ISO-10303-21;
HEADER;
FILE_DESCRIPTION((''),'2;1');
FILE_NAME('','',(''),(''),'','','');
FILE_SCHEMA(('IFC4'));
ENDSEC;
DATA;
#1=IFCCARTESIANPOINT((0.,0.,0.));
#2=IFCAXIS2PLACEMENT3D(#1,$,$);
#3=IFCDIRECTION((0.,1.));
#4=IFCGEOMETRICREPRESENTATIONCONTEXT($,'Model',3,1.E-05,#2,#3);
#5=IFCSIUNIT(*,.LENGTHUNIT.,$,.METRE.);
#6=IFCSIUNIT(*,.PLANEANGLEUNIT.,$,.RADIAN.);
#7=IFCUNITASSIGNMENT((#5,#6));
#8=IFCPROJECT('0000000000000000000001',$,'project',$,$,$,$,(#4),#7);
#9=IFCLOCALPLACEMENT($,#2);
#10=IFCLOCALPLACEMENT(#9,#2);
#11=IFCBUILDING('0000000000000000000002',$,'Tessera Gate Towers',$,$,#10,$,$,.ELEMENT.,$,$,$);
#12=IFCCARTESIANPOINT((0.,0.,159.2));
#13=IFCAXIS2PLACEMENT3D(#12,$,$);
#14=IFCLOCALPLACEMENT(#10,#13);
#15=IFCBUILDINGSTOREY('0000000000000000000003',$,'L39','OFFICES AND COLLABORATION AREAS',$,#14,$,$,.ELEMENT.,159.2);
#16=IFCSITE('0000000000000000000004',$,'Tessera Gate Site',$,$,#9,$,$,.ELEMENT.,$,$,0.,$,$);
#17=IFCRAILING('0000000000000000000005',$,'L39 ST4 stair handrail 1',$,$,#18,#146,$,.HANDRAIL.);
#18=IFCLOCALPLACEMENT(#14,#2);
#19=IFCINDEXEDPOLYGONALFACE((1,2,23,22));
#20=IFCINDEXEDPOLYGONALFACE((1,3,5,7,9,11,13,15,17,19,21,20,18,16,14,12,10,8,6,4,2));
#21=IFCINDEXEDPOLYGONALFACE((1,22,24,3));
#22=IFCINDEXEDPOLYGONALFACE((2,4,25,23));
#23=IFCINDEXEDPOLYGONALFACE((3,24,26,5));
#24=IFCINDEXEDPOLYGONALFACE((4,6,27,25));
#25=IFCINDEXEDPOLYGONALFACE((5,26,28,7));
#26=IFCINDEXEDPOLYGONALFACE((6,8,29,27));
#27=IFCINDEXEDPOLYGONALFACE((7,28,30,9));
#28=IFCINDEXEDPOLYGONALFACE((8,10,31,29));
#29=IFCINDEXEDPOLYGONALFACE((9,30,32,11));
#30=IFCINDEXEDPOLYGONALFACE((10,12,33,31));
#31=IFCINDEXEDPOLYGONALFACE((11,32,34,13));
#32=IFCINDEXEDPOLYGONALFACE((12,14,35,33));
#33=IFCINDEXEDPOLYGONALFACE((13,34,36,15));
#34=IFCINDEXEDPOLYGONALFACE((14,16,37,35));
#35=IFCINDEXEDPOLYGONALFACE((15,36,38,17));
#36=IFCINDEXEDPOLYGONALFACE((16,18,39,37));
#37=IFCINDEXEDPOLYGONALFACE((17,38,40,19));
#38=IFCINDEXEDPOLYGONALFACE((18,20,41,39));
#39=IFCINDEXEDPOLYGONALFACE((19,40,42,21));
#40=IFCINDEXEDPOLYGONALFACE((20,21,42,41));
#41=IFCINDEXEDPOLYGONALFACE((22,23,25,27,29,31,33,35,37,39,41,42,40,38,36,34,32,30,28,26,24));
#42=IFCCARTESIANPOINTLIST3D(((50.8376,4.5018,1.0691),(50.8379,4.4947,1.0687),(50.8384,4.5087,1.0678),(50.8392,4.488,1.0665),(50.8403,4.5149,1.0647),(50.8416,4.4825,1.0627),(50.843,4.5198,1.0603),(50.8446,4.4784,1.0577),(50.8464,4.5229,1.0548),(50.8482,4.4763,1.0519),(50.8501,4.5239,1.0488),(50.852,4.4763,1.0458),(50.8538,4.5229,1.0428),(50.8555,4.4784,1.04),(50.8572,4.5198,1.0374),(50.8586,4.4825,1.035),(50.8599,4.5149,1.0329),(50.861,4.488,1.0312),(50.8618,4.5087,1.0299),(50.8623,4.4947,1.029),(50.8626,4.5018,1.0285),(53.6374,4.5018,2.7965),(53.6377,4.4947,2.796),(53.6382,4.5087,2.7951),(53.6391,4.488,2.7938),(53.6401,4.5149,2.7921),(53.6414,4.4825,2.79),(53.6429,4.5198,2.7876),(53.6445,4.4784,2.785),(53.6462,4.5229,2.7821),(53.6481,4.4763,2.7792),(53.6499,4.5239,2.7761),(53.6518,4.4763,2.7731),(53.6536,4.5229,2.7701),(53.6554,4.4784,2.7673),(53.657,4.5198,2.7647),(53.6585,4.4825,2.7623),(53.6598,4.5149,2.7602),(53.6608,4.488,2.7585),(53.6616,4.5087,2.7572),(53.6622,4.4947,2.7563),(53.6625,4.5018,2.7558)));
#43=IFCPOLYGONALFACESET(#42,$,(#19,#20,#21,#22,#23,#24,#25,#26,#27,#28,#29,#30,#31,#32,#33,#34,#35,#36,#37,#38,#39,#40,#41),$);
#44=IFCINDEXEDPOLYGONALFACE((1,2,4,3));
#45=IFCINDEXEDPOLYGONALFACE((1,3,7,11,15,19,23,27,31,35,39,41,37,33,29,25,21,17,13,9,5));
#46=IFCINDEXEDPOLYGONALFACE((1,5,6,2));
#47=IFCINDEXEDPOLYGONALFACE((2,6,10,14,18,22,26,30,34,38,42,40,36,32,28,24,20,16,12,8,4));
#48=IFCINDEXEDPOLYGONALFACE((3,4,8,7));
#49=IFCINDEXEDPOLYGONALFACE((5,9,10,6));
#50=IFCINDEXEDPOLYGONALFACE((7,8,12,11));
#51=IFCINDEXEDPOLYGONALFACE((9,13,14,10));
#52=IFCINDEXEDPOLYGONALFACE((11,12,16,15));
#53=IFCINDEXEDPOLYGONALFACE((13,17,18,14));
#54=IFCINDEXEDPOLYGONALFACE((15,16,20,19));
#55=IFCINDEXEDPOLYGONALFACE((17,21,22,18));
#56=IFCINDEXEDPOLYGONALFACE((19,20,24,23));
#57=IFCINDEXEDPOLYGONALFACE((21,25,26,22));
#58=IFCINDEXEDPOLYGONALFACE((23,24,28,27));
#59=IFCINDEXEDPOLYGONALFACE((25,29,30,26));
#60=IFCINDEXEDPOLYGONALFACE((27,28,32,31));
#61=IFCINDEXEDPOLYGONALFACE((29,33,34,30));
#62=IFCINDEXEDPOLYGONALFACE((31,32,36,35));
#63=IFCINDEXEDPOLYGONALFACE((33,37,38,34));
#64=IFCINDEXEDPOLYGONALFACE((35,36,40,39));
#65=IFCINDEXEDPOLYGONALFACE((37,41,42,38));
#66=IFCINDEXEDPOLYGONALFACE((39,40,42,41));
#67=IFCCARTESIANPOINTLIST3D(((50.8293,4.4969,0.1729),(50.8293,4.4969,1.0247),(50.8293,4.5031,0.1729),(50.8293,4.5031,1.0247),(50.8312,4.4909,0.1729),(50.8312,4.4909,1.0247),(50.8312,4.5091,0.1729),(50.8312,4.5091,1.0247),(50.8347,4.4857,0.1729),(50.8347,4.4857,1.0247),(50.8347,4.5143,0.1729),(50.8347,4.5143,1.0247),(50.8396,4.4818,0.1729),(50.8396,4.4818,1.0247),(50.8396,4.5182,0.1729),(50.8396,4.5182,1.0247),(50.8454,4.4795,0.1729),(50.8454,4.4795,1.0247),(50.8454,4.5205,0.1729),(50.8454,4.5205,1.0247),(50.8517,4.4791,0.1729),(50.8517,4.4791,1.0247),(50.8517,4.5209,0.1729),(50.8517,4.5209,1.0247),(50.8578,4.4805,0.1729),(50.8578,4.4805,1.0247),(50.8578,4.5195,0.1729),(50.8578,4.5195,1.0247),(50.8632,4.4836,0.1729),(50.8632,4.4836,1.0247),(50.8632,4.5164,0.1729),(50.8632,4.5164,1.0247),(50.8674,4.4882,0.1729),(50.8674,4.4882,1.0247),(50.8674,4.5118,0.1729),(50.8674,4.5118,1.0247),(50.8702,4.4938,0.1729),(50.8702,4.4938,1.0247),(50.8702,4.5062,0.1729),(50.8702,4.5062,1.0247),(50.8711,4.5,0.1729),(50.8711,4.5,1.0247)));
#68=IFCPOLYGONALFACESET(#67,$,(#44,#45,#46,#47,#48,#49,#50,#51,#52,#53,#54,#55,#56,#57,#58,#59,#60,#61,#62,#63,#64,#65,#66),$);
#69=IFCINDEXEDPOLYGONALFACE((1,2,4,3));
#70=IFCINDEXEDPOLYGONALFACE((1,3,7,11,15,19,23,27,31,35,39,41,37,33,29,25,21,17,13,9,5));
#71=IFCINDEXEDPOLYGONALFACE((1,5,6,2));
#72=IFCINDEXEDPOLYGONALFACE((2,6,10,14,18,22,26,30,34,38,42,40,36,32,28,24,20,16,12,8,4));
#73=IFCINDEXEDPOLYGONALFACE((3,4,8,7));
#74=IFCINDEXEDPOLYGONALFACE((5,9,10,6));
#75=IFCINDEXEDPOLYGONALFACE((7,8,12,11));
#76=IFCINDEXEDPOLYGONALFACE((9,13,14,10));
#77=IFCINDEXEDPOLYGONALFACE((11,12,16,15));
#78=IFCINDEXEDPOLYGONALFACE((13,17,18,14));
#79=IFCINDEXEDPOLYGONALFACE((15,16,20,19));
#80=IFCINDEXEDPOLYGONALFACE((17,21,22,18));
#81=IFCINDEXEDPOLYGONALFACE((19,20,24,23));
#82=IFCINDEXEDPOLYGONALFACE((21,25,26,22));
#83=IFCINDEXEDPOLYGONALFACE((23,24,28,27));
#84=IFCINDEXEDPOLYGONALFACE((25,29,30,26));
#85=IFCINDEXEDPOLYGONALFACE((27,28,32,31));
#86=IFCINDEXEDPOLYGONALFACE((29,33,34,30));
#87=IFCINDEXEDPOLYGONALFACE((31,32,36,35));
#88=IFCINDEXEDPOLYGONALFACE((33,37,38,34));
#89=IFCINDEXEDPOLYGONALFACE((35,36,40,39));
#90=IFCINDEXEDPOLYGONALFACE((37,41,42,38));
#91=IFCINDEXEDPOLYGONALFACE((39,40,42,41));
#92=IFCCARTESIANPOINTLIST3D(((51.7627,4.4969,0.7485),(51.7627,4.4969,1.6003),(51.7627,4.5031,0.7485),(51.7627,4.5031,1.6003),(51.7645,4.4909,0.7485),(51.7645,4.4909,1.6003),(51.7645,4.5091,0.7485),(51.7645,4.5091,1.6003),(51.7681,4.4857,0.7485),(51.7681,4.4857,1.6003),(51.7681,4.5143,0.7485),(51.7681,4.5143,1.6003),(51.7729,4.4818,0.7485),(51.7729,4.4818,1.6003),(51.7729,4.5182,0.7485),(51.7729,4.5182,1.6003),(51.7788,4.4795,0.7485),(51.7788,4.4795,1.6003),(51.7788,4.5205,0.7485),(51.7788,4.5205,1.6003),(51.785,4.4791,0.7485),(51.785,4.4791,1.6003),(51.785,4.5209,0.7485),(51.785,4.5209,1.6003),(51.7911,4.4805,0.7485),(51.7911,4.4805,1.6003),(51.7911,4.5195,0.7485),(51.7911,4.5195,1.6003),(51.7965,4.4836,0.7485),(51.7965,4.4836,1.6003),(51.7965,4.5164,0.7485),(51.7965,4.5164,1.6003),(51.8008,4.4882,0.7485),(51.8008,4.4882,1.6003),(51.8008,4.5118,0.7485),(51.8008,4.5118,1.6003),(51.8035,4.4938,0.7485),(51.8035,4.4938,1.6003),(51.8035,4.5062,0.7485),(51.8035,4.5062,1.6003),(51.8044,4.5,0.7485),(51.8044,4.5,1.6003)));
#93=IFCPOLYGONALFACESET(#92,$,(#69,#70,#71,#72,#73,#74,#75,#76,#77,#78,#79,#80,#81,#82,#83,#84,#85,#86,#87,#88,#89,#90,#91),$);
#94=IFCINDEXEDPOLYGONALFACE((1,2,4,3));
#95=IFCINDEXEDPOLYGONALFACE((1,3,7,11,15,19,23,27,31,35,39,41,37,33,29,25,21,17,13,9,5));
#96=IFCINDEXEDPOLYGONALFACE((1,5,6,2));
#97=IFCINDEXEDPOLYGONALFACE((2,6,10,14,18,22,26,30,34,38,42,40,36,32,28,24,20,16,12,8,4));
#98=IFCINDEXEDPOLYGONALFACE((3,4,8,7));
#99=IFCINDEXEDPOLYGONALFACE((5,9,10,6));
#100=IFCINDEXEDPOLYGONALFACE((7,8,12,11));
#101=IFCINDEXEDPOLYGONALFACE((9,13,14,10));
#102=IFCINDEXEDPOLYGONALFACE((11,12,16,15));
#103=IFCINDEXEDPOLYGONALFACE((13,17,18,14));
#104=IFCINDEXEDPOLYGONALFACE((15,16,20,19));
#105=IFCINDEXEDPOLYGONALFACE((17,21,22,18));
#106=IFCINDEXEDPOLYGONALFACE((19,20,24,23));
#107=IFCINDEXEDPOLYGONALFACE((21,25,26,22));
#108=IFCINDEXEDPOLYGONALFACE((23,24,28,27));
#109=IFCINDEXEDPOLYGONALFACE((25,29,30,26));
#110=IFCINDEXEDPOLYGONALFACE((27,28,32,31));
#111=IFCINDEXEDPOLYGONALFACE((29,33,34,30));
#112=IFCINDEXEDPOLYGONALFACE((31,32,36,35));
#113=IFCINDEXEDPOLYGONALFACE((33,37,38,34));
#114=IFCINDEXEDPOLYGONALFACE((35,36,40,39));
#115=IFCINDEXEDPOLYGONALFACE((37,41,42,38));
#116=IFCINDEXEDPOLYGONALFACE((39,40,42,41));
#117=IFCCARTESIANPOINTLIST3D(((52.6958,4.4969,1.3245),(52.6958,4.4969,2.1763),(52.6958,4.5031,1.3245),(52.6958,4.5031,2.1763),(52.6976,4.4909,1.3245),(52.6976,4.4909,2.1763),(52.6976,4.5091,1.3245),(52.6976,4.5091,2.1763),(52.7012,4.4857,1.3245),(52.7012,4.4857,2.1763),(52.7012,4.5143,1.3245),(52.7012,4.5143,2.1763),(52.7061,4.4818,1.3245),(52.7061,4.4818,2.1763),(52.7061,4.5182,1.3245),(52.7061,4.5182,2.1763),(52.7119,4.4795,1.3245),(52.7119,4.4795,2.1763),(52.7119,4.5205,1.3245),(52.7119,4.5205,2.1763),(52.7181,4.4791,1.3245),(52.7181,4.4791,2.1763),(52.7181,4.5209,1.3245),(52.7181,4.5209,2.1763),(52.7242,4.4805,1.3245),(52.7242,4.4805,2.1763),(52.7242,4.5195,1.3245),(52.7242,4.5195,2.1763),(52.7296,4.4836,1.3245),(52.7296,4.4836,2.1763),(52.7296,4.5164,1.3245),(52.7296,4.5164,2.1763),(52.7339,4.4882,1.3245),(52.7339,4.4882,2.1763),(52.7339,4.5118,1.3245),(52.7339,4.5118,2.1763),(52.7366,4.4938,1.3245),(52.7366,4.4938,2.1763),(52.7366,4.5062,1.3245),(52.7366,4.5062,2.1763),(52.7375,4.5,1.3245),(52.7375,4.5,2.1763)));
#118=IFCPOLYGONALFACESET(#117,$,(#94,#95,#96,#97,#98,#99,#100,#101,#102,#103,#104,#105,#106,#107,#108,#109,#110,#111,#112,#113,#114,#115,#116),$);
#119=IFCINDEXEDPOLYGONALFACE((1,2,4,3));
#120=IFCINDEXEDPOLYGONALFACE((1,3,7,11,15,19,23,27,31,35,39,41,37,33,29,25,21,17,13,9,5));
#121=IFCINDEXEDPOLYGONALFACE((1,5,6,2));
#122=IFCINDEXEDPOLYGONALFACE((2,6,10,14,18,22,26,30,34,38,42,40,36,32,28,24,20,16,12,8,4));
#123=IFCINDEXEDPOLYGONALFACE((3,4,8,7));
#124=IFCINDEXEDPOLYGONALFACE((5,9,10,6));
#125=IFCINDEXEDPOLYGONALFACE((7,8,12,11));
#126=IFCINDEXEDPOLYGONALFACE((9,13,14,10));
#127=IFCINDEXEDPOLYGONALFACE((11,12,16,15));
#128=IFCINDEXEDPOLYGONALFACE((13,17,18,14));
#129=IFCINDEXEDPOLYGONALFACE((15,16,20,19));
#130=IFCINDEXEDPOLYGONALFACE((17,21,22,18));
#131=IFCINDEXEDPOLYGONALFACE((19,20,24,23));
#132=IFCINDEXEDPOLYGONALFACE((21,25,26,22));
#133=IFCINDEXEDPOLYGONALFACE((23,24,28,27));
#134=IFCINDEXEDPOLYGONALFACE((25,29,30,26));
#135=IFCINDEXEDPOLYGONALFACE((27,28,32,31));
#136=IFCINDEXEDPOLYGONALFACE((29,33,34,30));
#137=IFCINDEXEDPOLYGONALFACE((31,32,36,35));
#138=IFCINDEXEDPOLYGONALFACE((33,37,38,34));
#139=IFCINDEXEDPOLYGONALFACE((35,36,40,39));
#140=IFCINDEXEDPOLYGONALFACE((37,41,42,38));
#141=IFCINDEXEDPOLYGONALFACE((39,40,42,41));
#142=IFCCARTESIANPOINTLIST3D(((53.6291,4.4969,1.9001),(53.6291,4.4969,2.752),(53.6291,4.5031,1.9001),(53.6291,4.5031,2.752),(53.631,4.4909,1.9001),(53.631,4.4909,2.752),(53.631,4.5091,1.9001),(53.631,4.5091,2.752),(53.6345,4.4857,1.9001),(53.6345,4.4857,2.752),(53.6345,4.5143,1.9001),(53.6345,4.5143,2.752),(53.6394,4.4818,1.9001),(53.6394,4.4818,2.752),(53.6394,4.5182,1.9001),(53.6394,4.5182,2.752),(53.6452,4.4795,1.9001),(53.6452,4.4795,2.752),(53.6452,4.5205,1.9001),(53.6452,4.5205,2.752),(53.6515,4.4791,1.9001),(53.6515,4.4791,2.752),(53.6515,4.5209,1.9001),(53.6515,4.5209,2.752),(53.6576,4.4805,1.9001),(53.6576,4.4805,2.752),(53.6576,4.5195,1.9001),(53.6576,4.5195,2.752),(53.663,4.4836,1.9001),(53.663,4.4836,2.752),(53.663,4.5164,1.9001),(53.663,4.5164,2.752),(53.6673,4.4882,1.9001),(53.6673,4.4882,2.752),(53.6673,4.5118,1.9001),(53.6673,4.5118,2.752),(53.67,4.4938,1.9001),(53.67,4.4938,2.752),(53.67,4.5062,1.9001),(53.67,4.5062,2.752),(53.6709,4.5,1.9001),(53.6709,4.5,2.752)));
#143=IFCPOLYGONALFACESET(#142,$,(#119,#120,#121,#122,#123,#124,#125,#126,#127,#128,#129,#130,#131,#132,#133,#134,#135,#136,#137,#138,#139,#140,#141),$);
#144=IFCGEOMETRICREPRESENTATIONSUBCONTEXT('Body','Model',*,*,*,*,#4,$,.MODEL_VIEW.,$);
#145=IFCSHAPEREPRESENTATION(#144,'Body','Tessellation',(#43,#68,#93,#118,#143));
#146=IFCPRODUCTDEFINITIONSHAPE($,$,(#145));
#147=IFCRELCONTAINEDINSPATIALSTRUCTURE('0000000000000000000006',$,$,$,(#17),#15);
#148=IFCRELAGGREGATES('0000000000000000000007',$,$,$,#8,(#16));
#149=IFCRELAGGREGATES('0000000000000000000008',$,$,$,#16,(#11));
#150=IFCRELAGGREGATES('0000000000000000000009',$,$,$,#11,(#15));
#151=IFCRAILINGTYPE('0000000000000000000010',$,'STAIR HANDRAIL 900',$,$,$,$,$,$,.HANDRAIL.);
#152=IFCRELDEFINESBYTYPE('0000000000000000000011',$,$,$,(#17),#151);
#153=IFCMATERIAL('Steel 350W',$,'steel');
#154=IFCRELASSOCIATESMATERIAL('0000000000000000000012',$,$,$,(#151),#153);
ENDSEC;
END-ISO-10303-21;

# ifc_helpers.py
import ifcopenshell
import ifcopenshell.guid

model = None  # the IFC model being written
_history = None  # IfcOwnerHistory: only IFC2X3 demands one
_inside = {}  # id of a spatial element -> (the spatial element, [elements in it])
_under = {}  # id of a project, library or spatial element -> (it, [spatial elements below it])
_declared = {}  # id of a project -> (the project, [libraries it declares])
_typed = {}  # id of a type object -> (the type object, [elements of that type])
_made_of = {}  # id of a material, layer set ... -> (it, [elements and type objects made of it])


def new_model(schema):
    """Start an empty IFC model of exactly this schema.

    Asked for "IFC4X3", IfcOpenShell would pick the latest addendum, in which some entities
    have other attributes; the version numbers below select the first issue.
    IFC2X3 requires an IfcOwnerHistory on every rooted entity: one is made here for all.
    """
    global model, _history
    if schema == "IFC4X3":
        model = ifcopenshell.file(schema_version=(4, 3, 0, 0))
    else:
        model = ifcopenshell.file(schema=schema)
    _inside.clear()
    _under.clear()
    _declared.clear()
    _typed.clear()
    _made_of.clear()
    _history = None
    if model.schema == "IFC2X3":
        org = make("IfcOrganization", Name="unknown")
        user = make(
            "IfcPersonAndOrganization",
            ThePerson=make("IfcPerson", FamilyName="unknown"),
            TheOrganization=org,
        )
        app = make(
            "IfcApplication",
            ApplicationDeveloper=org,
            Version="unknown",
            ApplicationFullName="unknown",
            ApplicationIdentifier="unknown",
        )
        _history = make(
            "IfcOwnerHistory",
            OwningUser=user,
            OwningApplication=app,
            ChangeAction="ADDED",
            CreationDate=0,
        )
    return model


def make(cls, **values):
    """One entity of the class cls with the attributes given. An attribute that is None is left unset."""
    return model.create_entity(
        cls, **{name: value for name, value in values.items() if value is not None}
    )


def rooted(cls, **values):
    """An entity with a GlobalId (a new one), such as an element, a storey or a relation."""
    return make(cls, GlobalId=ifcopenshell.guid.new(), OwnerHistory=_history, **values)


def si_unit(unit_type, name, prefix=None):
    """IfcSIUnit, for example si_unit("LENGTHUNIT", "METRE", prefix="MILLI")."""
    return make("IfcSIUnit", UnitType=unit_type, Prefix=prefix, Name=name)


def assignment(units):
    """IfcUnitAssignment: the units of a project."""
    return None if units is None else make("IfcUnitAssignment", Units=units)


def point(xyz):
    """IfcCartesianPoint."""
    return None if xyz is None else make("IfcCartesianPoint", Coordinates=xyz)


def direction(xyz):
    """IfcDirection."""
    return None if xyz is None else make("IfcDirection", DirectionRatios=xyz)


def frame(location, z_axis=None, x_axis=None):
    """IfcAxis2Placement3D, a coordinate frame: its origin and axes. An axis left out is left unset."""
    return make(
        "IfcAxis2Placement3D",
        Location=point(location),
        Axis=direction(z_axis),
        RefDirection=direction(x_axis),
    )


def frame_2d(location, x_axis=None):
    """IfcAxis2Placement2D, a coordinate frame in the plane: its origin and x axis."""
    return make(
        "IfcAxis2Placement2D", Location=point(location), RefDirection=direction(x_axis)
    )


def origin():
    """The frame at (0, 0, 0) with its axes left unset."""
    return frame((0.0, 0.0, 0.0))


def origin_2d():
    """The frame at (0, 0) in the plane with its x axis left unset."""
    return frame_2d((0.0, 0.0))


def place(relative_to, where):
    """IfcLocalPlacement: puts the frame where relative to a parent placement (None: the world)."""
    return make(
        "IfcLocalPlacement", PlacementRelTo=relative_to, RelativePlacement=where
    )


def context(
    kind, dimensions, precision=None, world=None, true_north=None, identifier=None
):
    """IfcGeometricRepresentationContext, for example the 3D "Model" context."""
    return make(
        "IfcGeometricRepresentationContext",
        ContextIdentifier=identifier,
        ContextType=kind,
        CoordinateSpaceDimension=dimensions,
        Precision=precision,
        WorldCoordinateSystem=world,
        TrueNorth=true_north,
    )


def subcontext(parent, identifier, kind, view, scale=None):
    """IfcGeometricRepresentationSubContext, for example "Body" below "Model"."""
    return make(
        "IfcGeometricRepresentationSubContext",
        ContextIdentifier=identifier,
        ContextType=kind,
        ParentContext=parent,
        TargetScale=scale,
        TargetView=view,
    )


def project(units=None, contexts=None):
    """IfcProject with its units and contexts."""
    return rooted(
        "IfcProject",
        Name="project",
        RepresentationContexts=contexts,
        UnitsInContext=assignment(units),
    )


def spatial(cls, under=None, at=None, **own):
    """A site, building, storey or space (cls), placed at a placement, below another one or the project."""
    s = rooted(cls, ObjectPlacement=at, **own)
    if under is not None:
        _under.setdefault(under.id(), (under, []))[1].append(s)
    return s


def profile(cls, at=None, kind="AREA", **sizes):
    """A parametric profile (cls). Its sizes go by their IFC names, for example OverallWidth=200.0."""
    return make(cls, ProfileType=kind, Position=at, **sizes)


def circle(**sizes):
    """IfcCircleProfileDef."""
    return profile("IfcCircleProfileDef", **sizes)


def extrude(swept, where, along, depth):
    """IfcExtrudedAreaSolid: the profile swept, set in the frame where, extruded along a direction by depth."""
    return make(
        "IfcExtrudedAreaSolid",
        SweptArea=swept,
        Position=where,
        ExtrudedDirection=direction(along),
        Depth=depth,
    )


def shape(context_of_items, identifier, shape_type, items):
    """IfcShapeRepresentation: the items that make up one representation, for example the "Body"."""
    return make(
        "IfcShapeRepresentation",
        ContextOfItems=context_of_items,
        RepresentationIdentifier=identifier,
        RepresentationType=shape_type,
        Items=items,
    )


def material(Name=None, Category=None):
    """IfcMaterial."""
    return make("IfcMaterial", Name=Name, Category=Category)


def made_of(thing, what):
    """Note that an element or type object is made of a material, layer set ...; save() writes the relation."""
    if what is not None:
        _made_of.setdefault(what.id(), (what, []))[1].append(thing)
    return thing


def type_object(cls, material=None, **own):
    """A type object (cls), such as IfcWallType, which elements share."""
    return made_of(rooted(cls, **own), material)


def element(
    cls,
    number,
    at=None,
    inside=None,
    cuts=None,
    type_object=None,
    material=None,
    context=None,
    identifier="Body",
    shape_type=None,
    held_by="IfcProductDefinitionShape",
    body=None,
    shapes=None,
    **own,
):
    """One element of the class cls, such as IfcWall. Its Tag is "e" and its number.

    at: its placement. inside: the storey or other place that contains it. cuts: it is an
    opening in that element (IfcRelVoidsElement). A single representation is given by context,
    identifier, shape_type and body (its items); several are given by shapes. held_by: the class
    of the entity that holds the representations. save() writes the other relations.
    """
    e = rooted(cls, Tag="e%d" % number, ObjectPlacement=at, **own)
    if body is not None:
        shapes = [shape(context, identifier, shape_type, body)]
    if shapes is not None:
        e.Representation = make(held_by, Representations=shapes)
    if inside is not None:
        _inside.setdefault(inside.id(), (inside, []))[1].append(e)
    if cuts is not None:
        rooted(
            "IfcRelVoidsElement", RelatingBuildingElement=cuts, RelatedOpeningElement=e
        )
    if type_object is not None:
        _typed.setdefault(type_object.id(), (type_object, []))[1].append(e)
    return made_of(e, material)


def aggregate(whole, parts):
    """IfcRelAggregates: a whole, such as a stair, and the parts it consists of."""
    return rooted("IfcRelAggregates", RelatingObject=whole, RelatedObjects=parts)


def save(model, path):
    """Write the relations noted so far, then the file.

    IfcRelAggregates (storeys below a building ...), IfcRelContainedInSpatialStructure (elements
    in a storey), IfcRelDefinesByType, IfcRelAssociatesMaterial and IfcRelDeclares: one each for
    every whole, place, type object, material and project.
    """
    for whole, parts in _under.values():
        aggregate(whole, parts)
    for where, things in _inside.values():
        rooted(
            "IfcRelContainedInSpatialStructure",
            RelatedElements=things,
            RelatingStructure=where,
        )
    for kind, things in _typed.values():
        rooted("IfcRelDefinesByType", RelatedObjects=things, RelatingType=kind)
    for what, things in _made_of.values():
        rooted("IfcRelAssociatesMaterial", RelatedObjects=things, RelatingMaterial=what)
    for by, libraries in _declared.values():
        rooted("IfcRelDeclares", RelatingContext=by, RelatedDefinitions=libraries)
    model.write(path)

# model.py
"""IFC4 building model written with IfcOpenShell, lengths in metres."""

from ifc_helpers import new_model, si_unit, direction, frame, origin, origin_2d, place, context, subcontext, project, spatial, circle, extrude, material, type_object, element, save


model = new_model("IFC4")

# Units and contexts
model_context = context("Model", 3, precision=1e-05, world=origin(), true_north=direction((0.0, 1.0)))
body_context = subcontext(model_context, "Body", "Model", "MODEL_VIEW")
ifc_project = project(units=[si_unit("LENGTHUNIT", "METRE"), si_unit("PLANEANGLEUNIT", "RADIAN")], contexts=[model_context])

# Site, building, storey
site_placement = place(None, origin())
site = spatial("IfcSite", under=ifc_project, at=site_placement, Name="Tessera Gate Site", CompositionType="ELEMENT", RefElevation=0.0)
building_placement = place(site_placement, origin())
building = spatial("IfcBuilding", under=site, at=building_placement, Name="Tessera Gate Towers", CompositionType="ELEMENT")
storey_placement = place(building_placement, frame((0.0, 0.0, 159.2)))
storey = spatial("IfcBuildingStorey", under=building, at=storey_placement, Name="L39", Description="OFFICES AND COLLABORATION AREAS", CompositionType="ELEMENT", Elevation=159.2)

# Railing
ifc_material_1 = material(Name="Steel 350W", Category="steel")
railing_type_1 = type_object("IfcRailingType", Name="STAIR HANDRAIL 900", PredefinedType="HANDRAIL", material=ifc_material_1)
railing_1_placement = place(storey_placement, frame((50.8501, 4.5, 0.1729)))
element("IfcRailing", 1, at=railing_1_placement, inside=storey, type_object=railing_type_1, Name="L39 ST4 stair handrail 1", PredefinedType="HANDRAIL", context=body_context, shape_type="SweptSolid", body=[
    extrude(circle(Radius=0.0239, at=origin_2d()), frame((0.0, 0.0, 0.876), z_axis=(0.851069, 0.0, 0.525054), x_axis=(0.0, 1.0, 0.0)), (0.0, 0.0, 1.0), 3.2898),
    extrude(circle(Radius=0.021, at=origin_2d()), origin(), (0.0, 0.0, 1.0), 0.8518),
    extrude(circle(Radius=0.021, at=origin_2d()), frame((0.9333, 0.0, 0.5757)), (0.0, 0.0, 1.0), 0.8518),
    extrude(circle(Radius=0.021, at=origin_2d()), frame((1.8665, 0.0, 1.1516)), (0.0, 0.0, 1.0), 0.8518),
    extrude(circle(Radius=0.021, at=origin_2d()), frame((2.7998, 0.0, 1.7273)), (0.0, 0.0, 1.0), 0.8518),
])

save(model, "model.ifc")
